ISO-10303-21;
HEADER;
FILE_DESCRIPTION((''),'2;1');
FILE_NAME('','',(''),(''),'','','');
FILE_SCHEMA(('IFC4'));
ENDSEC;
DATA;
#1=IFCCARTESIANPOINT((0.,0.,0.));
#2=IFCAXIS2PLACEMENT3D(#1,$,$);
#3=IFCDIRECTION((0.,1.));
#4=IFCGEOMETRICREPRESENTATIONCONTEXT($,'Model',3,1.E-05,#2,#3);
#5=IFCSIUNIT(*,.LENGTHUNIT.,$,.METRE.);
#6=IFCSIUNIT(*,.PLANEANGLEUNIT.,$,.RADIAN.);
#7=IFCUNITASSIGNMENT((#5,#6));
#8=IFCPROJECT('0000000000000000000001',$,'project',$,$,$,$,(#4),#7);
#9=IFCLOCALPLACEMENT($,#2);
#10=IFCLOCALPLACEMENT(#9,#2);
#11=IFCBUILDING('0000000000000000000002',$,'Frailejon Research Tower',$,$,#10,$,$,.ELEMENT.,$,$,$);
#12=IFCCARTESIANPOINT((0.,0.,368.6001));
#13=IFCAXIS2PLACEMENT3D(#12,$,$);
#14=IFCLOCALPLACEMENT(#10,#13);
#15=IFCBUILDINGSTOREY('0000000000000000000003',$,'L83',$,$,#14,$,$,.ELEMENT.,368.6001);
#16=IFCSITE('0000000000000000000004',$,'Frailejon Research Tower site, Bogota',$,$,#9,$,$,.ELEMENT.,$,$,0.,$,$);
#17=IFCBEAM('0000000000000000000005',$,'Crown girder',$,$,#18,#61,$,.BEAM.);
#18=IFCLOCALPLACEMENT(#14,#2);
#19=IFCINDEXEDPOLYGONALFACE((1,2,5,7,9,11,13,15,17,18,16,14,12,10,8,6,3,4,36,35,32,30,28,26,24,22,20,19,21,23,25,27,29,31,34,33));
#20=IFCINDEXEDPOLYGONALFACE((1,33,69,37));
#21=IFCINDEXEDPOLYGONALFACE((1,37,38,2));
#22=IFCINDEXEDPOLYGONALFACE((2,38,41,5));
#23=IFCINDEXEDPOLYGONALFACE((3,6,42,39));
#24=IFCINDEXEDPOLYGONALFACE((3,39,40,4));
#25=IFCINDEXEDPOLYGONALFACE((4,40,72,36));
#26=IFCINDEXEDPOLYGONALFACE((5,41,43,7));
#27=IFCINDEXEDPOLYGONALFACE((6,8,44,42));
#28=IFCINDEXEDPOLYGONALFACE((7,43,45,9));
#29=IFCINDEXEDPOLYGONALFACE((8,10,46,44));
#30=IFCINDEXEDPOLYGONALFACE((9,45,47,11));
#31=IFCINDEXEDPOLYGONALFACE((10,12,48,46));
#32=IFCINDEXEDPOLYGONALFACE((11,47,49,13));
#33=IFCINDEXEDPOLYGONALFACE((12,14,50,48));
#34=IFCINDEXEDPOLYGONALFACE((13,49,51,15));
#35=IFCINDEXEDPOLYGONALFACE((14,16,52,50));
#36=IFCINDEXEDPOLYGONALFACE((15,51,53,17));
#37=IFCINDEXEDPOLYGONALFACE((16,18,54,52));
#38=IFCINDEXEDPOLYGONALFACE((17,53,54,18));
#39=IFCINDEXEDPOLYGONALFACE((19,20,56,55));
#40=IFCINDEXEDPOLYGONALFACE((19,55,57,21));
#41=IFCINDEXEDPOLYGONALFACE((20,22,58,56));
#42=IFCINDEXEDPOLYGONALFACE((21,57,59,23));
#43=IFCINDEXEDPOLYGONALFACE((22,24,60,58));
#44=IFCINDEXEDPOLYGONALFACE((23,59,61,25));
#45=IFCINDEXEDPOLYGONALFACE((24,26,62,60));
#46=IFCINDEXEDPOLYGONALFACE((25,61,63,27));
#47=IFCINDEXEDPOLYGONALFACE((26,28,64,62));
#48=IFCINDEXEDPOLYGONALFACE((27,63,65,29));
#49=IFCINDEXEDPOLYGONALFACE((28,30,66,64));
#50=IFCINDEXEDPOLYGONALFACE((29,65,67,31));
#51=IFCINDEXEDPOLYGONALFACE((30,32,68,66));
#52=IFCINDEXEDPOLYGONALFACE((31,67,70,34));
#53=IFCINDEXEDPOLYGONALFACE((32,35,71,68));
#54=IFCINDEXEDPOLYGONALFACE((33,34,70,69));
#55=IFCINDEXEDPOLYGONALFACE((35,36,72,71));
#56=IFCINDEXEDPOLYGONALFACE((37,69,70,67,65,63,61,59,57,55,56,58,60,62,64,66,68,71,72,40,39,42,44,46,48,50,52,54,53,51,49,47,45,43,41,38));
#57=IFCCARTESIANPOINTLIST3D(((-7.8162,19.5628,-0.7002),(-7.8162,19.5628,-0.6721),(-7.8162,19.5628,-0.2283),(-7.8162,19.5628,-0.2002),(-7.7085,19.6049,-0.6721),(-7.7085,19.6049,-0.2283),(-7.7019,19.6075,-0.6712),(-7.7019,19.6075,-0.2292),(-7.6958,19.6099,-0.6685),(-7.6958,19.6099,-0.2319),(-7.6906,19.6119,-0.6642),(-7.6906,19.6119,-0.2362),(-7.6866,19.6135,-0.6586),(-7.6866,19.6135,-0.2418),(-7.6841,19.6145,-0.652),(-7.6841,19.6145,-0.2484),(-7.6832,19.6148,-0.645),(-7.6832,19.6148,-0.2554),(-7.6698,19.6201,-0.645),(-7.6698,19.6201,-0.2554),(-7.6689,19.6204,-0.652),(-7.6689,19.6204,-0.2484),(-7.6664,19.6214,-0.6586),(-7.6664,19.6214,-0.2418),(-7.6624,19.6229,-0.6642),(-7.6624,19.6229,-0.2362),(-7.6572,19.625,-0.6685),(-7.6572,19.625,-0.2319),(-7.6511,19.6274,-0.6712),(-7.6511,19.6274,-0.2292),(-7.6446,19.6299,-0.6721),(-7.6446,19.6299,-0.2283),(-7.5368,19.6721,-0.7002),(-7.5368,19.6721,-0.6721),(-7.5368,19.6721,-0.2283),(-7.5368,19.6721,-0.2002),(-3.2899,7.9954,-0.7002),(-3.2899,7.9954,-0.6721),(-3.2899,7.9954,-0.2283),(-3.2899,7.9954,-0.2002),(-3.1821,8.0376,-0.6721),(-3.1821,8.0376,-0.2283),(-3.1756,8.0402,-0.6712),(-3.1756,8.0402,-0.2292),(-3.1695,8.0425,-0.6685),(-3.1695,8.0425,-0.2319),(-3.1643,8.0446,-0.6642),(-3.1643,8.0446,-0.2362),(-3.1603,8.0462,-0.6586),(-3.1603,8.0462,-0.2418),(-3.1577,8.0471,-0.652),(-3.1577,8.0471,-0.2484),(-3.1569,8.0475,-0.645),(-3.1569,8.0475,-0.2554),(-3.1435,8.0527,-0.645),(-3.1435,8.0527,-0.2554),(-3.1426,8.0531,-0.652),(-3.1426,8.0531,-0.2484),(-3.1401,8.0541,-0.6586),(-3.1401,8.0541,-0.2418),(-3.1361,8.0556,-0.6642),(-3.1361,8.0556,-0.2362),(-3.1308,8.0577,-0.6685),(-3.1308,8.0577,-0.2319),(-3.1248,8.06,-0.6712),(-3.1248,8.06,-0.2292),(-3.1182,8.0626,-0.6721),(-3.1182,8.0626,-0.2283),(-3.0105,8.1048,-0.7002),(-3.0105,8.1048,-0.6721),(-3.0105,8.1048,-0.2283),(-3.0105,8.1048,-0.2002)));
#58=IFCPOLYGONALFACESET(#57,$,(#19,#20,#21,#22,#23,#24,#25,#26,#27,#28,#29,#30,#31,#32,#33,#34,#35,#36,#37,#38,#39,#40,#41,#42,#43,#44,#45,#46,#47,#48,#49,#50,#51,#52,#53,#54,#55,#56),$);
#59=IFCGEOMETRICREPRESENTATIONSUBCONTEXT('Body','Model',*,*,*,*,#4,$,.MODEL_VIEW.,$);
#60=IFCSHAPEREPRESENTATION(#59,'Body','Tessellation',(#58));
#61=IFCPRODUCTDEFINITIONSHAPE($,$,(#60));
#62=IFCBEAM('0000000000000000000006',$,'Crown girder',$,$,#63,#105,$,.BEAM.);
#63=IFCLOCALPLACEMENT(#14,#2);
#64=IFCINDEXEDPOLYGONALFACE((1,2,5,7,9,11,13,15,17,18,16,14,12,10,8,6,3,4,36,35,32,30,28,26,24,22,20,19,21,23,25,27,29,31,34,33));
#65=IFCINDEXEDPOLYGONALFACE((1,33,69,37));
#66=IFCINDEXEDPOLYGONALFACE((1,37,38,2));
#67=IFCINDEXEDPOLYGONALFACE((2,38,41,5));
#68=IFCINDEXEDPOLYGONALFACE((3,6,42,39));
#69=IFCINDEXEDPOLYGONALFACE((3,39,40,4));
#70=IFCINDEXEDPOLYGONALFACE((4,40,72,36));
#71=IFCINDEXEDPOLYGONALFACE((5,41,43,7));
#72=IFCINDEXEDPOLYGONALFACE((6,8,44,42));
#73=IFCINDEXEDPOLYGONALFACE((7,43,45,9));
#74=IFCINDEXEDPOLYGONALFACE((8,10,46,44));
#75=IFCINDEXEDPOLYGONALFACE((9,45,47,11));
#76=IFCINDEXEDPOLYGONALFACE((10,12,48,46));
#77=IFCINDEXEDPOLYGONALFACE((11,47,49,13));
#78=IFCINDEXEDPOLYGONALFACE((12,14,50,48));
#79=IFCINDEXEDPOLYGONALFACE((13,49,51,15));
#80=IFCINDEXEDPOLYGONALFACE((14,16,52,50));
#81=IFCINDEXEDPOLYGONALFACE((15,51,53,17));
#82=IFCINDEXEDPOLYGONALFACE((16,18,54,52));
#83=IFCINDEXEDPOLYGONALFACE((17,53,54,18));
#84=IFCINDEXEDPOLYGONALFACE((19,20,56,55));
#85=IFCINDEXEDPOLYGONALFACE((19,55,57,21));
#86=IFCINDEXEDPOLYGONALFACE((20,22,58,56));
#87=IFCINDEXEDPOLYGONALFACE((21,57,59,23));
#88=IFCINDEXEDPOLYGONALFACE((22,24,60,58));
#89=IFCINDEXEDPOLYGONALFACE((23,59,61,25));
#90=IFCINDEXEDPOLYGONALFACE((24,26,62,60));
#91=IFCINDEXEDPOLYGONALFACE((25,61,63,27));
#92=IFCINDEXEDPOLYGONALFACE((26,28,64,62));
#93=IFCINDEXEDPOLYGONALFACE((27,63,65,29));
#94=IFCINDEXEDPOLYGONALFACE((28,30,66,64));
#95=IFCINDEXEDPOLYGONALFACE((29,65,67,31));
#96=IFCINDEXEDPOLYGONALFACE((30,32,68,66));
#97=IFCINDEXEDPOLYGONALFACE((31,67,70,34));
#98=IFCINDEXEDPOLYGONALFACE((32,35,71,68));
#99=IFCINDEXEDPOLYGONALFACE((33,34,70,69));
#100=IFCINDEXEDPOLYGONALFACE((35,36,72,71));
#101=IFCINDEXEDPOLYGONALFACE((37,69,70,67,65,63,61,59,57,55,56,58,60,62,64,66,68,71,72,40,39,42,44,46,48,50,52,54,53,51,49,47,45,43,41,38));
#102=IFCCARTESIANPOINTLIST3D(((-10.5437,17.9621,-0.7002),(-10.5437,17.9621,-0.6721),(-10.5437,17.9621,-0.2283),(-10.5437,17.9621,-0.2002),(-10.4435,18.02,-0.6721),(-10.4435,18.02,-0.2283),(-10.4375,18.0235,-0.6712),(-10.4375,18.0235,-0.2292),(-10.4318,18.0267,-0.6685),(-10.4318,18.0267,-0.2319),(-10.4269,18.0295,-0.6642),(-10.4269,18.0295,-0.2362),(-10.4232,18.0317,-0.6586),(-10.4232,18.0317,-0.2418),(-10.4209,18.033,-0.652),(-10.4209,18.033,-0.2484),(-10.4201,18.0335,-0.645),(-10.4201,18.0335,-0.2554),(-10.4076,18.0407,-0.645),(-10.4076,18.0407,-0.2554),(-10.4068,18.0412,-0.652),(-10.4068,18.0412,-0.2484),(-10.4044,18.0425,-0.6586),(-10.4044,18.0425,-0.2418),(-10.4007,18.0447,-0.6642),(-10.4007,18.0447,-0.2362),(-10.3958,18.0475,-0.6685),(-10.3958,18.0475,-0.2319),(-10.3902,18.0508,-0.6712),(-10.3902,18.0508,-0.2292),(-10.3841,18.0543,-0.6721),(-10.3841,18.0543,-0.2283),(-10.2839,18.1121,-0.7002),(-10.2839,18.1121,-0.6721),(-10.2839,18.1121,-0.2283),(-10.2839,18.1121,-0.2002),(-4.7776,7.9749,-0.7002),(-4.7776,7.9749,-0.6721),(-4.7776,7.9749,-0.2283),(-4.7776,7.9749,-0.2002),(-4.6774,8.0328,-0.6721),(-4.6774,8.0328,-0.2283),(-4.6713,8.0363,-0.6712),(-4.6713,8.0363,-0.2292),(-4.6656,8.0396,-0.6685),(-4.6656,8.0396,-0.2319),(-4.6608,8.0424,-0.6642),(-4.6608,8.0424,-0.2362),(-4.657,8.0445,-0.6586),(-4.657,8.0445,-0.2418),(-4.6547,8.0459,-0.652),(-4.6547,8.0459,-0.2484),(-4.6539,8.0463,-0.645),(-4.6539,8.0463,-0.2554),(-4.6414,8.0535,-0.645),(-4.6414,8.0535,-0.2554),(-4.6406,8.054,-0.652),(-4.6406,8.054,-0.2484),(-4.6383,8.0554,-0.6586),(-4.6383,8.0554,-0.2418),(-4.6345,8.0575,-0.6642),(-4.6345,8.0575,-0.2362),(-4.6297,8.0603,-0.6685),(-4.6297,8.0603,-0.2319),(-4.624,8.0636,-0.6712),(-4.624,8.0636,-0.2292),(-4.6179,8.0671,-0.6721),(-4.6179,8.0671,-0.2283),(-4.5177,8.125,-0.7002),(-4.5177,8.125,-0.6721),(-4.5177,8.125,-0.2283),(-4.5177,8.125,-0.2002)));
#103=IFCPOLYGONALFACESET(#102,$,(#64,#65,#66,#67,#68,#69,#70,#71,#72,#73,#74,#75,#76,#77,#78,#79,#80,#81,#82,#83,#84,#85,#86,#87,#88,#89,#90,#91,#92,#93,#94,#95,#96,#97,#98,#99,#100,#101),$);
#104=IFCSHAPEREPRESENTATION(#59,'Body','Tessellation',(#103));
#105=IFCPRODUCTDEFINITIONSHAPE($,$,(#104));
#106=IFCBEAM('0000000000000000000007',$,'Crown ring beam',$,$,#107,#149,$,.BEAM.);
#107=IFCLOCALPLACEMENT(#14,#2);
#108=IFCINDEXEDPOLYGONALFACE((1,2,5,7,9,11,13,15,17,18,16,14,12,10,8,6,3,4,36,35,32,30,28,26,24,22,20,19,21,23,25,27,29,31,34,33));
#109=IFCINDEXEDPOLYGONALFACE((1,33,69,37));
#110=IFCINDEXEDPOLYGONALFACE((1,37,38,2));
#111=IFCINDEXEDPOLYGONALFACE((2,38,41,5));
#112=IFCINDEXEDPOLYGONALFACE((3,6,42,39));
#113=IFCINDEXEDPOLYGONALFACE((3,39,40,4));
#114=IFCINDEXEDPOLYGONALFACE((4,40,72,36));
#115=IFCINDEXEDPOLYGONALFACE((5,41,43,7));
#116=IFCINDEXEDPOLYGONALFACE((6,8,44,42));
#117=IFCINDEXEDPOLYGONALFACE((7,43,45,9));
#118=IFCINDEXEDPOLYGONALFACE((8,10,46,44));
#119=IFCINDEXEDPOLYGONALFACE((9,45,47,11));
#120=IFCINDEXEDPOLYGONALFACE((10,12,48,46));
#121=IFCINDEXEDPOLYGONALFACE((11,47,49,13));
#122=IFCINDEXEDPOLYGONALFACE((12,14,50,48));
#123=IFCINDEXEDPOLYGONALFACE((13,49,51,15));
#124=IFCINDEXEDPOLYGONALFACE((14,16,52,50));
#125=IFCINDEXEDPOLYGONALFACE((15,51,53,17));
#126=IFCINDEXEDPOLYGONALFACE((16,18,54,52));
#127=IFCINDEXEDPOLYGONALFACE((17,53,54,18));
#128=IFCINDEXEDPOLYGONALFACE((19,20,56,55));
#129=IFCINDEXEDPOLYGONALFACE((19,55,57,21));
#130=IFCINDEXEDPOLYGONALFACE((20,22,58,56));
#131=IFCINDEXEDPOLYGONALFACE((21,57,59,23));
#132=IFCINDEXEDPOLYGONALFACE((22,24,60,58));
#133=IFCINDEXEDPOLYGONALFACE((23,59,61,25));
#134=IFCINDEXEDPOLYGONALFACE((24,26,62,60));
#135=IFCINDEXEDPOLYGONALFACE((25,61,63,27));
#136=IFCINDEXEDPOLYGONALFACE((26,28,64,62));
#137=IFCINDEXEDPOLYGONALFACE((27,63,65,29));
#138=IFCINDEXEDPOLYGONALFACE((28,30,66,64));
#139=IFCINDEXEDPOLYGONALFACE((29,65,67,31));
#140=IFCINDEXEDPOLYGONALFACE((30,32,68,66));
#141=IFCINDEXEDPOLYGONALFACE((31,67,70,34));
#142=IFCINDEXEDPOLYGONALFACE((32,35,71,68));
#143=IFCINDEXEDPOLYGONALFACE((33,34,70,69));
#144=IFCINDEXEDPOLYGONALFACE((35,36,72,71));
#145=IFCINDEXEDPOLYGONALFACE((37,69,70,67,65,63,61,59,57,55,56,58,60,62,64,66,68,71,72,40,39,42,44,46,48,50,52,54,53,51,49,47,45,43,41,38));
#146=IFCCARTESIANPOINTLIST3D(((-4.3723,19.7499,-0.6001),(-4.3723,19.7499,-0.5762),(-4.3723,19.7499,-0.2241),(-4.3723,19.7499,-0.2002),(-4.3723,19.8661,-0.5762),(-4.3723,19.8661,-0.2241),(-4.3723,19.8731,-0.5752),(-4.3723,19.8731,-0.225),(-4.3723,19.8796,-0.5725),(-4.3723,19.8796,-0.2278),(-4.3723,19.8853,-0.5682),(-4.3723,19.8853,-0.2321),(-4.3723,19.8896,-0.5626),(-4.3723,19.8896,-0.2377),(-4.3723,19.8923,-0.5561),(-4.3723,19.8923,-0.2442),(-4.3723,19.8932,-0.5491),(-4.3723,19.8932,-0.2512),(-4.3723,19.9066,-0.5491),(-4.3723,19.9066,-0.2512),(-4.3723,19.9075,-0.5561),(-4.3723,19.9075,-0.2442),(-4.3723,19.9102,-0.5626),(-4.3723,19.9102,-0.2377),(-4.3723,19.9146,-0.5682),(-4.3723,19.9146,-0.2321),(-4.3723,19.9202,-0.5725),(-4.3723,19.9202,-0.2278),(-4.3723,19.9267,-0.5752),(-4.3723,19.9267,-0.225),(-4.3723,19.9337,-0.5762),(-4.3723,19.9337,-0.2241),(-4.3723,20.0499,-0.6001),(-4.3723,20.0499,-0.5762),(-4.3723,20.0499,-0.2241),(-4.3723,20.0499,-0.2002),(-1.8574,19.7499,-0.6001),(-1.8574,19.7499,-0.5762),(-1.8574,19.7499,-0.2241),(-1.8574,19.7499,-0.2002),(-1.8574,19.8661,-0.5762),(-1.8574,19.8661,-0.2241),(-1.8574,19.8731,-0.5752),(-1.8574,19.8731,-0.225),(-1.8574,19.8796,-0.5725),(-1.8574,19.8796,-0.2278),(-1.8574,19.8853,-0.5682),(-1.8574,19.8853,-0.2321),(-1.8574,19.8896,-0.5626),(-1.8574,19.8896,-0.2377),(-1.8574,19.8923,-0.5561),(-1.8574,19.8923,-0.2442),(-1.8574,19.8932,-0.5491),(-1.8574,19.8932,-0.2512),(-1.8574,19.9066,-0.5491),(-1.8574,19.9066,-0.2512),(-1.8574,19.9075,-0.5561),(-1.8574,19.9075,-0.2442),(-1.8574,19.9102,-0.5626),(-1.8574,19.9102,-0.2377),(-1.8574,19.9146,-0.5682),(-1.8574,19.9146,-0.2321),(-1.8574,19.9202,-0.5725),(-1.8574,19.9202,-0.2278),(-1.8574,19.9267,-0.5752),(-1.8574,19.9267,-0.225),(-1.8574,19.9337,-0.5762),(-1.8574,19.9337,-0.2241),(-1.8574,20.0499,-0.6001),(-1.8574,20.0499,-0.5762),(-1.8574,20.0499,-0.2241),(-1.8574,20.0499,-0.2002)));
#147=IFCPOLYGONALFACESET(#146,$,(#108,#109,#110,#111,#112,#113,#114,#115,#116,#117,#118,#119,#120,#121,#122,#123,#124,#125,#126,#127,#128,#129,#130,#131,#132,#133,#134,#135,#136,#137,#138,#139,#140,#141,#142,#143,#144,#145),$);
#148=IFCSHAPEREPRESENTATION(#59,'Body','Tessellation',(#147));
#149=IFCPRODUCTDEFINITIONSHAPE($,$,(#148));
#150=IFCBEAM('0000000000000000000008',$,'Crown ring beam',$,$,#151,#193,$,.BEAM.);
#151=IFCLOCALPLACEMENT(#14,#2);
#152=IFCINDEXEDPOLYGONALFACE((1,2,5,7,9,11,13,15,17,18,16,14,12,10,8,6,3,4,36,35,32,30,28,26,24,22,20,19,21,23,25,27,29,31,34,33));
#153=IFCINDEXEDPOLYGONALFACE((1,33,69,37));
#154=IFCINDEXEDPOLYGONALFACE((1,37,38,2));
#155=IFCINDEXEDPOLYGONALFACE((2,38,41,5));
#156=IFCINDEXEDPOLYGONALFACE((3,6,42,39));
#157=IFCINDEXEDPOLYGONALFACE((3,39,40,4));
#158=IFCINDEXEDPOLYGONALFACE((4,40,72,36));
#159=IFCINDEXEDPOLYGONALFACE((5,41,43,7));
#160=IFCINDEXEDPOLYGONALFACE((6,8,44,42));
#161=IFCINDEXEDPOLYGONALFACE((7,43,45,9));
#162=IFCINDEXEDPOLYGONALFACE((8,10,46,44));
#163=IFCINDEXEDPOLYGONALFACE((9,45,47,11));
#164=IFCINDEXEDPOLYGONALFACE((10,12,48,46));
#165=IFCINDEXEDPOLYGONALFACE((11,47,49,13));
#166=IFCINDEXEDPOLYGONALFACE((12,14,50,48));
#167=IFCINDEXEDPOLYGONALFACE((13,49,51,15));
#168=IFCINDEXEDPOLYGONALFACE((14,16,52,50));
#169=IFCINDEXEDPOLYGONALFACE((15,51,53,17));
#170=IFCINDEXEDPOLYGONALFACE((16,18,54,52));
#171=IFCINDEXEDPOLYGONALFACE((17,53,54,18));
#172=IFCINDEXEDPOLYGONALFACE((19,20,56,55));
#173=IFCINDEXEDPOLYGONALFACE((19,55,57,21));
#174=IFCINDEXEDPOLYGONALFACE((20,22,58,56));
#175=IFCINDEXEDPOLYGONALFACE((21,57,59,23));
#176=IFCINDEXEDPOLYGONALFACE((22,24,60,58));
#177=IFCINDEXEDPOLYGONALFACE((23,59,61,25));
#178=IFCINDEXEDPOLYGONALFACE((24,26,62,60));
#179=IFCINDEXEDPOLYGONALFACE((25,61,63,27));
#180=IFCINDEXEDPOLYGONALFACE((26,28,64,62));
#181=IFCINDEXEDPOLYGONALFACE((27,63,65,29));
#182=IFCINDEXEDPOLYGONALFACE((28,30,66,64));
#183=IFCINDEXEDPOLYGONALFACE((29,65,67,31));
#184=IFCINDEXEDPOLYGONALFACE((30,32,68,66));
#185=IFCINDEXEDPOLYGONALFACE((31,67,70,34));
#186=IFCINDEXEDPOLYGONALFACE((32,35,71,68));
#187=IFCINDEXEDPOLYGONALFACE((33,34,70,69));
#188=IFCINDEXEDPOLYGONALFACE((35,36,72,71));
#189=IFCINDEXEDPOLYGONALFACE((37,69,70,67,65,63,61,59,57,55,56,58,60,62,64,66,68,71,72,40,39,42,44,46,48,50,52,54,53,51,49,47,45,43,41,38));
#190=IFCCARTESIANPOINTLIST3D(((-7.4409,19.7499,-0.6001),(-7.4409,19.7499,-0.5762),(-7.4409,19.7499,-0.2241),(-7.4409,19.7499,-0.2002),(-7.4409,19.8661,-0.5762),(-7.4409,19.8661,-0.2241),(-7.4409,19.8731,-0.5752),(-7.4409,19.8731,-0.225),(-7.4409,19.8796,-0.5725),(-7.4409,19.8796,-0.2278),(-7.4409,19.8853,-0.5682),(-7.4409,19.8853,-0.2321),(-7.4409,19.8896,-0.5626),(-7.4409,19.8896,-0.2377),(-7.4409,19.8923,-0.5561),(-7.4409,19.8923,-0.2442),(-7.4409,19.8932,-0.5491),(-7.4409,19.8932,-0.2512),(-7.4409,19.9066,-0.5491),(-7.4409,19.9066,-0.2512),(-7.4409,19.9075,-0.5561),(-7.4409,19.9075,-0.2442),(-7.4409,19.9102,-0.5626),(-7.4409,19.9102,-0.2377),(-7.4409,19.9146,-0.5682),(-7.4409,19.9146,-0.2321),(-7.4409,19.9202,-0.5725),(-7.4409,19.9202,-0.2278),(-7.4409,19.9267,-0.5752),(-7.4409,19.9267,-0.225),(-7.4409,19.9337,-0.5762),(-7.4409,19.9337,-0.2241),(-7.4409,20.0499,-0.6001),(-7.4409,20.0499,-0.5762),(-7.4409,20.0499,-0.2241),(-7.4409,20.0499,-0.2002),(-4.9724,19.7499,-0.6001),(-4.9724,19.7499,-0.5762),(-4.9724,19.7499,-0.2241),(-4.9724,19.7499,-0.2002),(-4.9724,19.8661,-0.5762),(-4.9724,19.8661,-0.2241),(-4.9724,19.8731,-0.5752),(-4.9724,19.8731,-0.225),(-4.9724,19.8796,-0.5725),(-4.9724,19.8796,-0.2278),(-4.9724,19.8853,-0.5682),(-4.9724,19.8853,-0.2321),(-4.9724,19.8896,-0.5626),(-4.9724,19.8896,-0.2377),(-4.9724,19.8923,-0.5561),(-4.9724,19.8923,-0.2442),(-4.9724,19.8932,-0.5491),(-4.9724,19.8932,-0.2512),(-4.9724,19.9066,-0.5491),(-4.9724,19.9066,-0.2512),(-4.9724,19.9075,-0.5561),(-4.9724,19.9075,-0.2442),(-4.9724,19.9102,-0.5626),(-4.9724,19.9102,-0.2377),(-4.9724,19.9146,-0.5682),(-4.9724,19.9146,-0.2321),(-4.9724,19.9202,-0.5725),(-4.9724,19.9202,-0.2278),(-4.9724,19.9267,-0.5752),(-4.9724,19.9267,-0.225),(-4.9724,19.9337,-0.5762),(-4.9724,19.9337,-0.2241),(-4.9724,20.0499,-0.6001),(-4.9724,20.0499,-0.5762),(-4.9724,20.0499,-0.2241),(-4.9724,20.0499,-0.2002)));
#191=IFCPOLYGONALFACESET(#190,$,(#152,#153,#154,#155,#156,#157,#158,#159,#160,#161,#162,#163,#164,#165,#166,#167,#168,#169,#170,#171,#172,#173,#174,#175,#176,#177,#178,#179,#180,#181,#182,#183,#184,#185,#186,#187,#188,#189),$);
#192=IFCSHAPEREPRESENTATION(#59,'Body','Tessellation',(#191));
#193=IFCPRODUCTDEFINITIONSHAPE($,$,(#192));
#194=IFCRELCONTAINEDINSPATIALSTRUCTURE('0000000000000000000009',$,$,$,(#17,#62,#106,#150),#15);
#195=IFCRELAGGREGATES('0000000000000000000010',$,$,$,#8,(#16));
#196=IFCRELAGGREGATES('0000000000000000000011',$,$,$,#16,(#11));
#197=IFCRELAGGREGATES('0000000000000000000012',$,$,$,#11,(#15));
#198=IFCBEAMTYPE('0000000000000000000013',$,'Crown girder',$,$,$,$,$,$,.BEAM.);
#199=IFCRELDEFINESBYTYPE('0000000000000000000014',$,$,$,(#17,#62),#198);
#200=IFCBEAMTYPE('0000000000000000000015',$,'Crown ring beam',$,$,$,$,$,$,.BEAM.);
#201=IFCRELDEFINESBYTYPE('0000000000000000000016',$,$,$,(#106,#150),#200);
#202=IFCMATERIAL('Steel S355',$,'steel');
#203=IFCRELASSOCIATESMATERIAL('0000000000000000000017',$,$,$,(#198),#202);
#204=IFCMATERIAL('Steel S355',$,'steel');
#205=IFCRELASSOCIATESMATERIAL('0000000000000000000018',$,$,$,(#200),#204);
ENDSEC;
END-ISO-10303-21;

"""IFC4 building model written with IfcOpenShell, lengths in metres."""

from ifc_helpers import new_model, si_unit, direction, frame, origin, origin_2d, place, context, subcontext, project, spatial, i_section, extrude, material, material_profile, profile_set, type_object, element, save


model = new_model("IFC4")

# Units and contexts
model_context = context("Model", 3, precision=1e-05, world=origin(), true_north=direction((0.0, 1.0)))
body_context = subcontext(model_context, "Body", "Model", "MODEL_VIEW")
ifc_project = project(units=[si_unit("LENGTHUNIT", "METRE"), si_unit("PLANEANGLEUNIT", "RADIAN")], contexts=[model_context])

# Site, building, storey
site_placement = place(None, origin())
site = spatial("IfcSite", under=ifc_project, at=site_placement, Name="Frailejon Research Tower site, Bogota", CompositionType="ELEMENT", RefElevation=0.0)
building_placement = place(site_placement, origin())
building = spatial("IfcBuilding", under=site, at=building_placement, Name="Frailejon Research Tower", CompositionType="ELEMENT")
storey_placement = place(building_placement, frame((0.0, 0.0, 368.6001)))
storey = spatial("IfcBuildingStorey", under=building, at=storey_placement, Name="L83", CompositionType="ELEMENT", Elevation=368.6001)

# Beams
ifc_material_1 = material(Name="Steel S355", Category="steel")
ifc_material_profile_1 = material_profile(ifc_material_1, i_section(OverallWidth=0.3, OverallDepth=0.5, WebThickness=0.0144, FlangeThickness=0.0281, FilletRadius=0.0271, at=origin_2d()), Name="HE 500 B")
ifc_profile_set_1 = profile_set([ifc_material_profile_1], Name="Steel S355")
beam_type_1 = type_object("IfcBeamType", Name="Crown girder", PredefinedType="BEAM", material=ifc_profile_set_1)
beam_1_placement = place(storey_placement, frame((-7.6765, 19.6174, -0.4502), z_axis=(0.364399, -0.931243, 0.0), x_axis=(0.931243, 0.364399, 0.0)))
element("IfcBeam", 1, at=beam_1_placement, inside=storey, type_object=beam_type_1, Name="Crown girder", PredefinedType="BEAM", context=body_context, shape_type="SweptSolid", body=[
    extrude(i_section(OverallWidth=0.3, OverallDepth=0.5, WebThickness=0.0144, FlangeThickness=0.0281, FilletRadius=0.0271, at=origin_2d()), origin(), (0.0, 0.0, 1.0), 12.4214),
])
beam_2_placement = place(storey_placement, frame((-10.4138, 18.0371, -0.4502), z_axis=(0.500005, -0.866022, 0.0), x_axis=(0.866022, 0.500005, 0.0)))
element("IfcBeam", 2, at=beam_2_placement, inside=storey, type_object=beam_type_1, Name="Crown girder", PredefinedType="BEAM", context=body_context, shape_type="SweptSolid", body=[
    extrude(i_section(OverallWidth=0.3, OverallDepth=0.5, WebThickness=0.0144, FlangeThickness=0.0281, FilletRadius=0.0271, at=origin_2d()), origin(), (0.0, 0.0, 1.0), 11.5322),
])
ifc_material_2 = material(Name="Steel S355", Category="steel")
ifc_material_profile_2 = material_profile(ifc_material_2, i_section(OverallWidth=0.3, OverallDepth=0.3999, WebThickness=0.0134, FlangeThickness=0.0239, FilletRadius=0.0271, at=origin_2d()), Name="HE 400 B")
ifc_profile_set_2 = profile_set([ifc_material_profile_2], Name="Steel S355")
beam_type_2 = type_object("IfcBeamType", Name="Crown ring beam", PredefinedType="BEAM", material=ifc_profile_set_2)
beam_3_placement = place(storey_placement, frame((-1.8574, 19.8999, -0.4001), z_axis=(-1.0, 0.0, 0.0), x_axis=(0.0, -1.0, 0.0)))
element("IfcBeam", 3, at=beam_3_placement, inside=storey, type_object=beam_type_2, Name="Crown ring beam", PredefinedType="BEAM", context=body_context, shape_type="SweptSolid", body=[
    extrude(i_section(OverallWidth=0.3, OverallDepth=0.3999, WebThickness=0.0134, FlangeThickness=0.0239, FilletRadius=0.0271, at=origin_2d()), origin(), (0.0, 0.0, 1.0), 2.5149),
])
beam_4_placement = place(storey_placement, frame((-4.9724, 19.8999, -0.4001), z_axis=(-1.0, 0.0, 0.0), x_axis=(0.0, -1.0, 0.0)))
element("IfcBeam", 4, at=beam_4_placement, inside=storey, type_object=beam_type_2, Name="Crown ring beam", PredefinedType="BEAM", context=body_context, shape_type="SweptSolid", body=[
    extrude(i_section(OverallWidth=0.3, OverallDepth=0.3999, WebThickness=0.0134, FlangeThickness=0.0239, FilletRadius=0.0271, at=origin_2d()), origin(), (0.0, 0.0, 1.0), 2.4685),
])

save(model, "model.ifc")
